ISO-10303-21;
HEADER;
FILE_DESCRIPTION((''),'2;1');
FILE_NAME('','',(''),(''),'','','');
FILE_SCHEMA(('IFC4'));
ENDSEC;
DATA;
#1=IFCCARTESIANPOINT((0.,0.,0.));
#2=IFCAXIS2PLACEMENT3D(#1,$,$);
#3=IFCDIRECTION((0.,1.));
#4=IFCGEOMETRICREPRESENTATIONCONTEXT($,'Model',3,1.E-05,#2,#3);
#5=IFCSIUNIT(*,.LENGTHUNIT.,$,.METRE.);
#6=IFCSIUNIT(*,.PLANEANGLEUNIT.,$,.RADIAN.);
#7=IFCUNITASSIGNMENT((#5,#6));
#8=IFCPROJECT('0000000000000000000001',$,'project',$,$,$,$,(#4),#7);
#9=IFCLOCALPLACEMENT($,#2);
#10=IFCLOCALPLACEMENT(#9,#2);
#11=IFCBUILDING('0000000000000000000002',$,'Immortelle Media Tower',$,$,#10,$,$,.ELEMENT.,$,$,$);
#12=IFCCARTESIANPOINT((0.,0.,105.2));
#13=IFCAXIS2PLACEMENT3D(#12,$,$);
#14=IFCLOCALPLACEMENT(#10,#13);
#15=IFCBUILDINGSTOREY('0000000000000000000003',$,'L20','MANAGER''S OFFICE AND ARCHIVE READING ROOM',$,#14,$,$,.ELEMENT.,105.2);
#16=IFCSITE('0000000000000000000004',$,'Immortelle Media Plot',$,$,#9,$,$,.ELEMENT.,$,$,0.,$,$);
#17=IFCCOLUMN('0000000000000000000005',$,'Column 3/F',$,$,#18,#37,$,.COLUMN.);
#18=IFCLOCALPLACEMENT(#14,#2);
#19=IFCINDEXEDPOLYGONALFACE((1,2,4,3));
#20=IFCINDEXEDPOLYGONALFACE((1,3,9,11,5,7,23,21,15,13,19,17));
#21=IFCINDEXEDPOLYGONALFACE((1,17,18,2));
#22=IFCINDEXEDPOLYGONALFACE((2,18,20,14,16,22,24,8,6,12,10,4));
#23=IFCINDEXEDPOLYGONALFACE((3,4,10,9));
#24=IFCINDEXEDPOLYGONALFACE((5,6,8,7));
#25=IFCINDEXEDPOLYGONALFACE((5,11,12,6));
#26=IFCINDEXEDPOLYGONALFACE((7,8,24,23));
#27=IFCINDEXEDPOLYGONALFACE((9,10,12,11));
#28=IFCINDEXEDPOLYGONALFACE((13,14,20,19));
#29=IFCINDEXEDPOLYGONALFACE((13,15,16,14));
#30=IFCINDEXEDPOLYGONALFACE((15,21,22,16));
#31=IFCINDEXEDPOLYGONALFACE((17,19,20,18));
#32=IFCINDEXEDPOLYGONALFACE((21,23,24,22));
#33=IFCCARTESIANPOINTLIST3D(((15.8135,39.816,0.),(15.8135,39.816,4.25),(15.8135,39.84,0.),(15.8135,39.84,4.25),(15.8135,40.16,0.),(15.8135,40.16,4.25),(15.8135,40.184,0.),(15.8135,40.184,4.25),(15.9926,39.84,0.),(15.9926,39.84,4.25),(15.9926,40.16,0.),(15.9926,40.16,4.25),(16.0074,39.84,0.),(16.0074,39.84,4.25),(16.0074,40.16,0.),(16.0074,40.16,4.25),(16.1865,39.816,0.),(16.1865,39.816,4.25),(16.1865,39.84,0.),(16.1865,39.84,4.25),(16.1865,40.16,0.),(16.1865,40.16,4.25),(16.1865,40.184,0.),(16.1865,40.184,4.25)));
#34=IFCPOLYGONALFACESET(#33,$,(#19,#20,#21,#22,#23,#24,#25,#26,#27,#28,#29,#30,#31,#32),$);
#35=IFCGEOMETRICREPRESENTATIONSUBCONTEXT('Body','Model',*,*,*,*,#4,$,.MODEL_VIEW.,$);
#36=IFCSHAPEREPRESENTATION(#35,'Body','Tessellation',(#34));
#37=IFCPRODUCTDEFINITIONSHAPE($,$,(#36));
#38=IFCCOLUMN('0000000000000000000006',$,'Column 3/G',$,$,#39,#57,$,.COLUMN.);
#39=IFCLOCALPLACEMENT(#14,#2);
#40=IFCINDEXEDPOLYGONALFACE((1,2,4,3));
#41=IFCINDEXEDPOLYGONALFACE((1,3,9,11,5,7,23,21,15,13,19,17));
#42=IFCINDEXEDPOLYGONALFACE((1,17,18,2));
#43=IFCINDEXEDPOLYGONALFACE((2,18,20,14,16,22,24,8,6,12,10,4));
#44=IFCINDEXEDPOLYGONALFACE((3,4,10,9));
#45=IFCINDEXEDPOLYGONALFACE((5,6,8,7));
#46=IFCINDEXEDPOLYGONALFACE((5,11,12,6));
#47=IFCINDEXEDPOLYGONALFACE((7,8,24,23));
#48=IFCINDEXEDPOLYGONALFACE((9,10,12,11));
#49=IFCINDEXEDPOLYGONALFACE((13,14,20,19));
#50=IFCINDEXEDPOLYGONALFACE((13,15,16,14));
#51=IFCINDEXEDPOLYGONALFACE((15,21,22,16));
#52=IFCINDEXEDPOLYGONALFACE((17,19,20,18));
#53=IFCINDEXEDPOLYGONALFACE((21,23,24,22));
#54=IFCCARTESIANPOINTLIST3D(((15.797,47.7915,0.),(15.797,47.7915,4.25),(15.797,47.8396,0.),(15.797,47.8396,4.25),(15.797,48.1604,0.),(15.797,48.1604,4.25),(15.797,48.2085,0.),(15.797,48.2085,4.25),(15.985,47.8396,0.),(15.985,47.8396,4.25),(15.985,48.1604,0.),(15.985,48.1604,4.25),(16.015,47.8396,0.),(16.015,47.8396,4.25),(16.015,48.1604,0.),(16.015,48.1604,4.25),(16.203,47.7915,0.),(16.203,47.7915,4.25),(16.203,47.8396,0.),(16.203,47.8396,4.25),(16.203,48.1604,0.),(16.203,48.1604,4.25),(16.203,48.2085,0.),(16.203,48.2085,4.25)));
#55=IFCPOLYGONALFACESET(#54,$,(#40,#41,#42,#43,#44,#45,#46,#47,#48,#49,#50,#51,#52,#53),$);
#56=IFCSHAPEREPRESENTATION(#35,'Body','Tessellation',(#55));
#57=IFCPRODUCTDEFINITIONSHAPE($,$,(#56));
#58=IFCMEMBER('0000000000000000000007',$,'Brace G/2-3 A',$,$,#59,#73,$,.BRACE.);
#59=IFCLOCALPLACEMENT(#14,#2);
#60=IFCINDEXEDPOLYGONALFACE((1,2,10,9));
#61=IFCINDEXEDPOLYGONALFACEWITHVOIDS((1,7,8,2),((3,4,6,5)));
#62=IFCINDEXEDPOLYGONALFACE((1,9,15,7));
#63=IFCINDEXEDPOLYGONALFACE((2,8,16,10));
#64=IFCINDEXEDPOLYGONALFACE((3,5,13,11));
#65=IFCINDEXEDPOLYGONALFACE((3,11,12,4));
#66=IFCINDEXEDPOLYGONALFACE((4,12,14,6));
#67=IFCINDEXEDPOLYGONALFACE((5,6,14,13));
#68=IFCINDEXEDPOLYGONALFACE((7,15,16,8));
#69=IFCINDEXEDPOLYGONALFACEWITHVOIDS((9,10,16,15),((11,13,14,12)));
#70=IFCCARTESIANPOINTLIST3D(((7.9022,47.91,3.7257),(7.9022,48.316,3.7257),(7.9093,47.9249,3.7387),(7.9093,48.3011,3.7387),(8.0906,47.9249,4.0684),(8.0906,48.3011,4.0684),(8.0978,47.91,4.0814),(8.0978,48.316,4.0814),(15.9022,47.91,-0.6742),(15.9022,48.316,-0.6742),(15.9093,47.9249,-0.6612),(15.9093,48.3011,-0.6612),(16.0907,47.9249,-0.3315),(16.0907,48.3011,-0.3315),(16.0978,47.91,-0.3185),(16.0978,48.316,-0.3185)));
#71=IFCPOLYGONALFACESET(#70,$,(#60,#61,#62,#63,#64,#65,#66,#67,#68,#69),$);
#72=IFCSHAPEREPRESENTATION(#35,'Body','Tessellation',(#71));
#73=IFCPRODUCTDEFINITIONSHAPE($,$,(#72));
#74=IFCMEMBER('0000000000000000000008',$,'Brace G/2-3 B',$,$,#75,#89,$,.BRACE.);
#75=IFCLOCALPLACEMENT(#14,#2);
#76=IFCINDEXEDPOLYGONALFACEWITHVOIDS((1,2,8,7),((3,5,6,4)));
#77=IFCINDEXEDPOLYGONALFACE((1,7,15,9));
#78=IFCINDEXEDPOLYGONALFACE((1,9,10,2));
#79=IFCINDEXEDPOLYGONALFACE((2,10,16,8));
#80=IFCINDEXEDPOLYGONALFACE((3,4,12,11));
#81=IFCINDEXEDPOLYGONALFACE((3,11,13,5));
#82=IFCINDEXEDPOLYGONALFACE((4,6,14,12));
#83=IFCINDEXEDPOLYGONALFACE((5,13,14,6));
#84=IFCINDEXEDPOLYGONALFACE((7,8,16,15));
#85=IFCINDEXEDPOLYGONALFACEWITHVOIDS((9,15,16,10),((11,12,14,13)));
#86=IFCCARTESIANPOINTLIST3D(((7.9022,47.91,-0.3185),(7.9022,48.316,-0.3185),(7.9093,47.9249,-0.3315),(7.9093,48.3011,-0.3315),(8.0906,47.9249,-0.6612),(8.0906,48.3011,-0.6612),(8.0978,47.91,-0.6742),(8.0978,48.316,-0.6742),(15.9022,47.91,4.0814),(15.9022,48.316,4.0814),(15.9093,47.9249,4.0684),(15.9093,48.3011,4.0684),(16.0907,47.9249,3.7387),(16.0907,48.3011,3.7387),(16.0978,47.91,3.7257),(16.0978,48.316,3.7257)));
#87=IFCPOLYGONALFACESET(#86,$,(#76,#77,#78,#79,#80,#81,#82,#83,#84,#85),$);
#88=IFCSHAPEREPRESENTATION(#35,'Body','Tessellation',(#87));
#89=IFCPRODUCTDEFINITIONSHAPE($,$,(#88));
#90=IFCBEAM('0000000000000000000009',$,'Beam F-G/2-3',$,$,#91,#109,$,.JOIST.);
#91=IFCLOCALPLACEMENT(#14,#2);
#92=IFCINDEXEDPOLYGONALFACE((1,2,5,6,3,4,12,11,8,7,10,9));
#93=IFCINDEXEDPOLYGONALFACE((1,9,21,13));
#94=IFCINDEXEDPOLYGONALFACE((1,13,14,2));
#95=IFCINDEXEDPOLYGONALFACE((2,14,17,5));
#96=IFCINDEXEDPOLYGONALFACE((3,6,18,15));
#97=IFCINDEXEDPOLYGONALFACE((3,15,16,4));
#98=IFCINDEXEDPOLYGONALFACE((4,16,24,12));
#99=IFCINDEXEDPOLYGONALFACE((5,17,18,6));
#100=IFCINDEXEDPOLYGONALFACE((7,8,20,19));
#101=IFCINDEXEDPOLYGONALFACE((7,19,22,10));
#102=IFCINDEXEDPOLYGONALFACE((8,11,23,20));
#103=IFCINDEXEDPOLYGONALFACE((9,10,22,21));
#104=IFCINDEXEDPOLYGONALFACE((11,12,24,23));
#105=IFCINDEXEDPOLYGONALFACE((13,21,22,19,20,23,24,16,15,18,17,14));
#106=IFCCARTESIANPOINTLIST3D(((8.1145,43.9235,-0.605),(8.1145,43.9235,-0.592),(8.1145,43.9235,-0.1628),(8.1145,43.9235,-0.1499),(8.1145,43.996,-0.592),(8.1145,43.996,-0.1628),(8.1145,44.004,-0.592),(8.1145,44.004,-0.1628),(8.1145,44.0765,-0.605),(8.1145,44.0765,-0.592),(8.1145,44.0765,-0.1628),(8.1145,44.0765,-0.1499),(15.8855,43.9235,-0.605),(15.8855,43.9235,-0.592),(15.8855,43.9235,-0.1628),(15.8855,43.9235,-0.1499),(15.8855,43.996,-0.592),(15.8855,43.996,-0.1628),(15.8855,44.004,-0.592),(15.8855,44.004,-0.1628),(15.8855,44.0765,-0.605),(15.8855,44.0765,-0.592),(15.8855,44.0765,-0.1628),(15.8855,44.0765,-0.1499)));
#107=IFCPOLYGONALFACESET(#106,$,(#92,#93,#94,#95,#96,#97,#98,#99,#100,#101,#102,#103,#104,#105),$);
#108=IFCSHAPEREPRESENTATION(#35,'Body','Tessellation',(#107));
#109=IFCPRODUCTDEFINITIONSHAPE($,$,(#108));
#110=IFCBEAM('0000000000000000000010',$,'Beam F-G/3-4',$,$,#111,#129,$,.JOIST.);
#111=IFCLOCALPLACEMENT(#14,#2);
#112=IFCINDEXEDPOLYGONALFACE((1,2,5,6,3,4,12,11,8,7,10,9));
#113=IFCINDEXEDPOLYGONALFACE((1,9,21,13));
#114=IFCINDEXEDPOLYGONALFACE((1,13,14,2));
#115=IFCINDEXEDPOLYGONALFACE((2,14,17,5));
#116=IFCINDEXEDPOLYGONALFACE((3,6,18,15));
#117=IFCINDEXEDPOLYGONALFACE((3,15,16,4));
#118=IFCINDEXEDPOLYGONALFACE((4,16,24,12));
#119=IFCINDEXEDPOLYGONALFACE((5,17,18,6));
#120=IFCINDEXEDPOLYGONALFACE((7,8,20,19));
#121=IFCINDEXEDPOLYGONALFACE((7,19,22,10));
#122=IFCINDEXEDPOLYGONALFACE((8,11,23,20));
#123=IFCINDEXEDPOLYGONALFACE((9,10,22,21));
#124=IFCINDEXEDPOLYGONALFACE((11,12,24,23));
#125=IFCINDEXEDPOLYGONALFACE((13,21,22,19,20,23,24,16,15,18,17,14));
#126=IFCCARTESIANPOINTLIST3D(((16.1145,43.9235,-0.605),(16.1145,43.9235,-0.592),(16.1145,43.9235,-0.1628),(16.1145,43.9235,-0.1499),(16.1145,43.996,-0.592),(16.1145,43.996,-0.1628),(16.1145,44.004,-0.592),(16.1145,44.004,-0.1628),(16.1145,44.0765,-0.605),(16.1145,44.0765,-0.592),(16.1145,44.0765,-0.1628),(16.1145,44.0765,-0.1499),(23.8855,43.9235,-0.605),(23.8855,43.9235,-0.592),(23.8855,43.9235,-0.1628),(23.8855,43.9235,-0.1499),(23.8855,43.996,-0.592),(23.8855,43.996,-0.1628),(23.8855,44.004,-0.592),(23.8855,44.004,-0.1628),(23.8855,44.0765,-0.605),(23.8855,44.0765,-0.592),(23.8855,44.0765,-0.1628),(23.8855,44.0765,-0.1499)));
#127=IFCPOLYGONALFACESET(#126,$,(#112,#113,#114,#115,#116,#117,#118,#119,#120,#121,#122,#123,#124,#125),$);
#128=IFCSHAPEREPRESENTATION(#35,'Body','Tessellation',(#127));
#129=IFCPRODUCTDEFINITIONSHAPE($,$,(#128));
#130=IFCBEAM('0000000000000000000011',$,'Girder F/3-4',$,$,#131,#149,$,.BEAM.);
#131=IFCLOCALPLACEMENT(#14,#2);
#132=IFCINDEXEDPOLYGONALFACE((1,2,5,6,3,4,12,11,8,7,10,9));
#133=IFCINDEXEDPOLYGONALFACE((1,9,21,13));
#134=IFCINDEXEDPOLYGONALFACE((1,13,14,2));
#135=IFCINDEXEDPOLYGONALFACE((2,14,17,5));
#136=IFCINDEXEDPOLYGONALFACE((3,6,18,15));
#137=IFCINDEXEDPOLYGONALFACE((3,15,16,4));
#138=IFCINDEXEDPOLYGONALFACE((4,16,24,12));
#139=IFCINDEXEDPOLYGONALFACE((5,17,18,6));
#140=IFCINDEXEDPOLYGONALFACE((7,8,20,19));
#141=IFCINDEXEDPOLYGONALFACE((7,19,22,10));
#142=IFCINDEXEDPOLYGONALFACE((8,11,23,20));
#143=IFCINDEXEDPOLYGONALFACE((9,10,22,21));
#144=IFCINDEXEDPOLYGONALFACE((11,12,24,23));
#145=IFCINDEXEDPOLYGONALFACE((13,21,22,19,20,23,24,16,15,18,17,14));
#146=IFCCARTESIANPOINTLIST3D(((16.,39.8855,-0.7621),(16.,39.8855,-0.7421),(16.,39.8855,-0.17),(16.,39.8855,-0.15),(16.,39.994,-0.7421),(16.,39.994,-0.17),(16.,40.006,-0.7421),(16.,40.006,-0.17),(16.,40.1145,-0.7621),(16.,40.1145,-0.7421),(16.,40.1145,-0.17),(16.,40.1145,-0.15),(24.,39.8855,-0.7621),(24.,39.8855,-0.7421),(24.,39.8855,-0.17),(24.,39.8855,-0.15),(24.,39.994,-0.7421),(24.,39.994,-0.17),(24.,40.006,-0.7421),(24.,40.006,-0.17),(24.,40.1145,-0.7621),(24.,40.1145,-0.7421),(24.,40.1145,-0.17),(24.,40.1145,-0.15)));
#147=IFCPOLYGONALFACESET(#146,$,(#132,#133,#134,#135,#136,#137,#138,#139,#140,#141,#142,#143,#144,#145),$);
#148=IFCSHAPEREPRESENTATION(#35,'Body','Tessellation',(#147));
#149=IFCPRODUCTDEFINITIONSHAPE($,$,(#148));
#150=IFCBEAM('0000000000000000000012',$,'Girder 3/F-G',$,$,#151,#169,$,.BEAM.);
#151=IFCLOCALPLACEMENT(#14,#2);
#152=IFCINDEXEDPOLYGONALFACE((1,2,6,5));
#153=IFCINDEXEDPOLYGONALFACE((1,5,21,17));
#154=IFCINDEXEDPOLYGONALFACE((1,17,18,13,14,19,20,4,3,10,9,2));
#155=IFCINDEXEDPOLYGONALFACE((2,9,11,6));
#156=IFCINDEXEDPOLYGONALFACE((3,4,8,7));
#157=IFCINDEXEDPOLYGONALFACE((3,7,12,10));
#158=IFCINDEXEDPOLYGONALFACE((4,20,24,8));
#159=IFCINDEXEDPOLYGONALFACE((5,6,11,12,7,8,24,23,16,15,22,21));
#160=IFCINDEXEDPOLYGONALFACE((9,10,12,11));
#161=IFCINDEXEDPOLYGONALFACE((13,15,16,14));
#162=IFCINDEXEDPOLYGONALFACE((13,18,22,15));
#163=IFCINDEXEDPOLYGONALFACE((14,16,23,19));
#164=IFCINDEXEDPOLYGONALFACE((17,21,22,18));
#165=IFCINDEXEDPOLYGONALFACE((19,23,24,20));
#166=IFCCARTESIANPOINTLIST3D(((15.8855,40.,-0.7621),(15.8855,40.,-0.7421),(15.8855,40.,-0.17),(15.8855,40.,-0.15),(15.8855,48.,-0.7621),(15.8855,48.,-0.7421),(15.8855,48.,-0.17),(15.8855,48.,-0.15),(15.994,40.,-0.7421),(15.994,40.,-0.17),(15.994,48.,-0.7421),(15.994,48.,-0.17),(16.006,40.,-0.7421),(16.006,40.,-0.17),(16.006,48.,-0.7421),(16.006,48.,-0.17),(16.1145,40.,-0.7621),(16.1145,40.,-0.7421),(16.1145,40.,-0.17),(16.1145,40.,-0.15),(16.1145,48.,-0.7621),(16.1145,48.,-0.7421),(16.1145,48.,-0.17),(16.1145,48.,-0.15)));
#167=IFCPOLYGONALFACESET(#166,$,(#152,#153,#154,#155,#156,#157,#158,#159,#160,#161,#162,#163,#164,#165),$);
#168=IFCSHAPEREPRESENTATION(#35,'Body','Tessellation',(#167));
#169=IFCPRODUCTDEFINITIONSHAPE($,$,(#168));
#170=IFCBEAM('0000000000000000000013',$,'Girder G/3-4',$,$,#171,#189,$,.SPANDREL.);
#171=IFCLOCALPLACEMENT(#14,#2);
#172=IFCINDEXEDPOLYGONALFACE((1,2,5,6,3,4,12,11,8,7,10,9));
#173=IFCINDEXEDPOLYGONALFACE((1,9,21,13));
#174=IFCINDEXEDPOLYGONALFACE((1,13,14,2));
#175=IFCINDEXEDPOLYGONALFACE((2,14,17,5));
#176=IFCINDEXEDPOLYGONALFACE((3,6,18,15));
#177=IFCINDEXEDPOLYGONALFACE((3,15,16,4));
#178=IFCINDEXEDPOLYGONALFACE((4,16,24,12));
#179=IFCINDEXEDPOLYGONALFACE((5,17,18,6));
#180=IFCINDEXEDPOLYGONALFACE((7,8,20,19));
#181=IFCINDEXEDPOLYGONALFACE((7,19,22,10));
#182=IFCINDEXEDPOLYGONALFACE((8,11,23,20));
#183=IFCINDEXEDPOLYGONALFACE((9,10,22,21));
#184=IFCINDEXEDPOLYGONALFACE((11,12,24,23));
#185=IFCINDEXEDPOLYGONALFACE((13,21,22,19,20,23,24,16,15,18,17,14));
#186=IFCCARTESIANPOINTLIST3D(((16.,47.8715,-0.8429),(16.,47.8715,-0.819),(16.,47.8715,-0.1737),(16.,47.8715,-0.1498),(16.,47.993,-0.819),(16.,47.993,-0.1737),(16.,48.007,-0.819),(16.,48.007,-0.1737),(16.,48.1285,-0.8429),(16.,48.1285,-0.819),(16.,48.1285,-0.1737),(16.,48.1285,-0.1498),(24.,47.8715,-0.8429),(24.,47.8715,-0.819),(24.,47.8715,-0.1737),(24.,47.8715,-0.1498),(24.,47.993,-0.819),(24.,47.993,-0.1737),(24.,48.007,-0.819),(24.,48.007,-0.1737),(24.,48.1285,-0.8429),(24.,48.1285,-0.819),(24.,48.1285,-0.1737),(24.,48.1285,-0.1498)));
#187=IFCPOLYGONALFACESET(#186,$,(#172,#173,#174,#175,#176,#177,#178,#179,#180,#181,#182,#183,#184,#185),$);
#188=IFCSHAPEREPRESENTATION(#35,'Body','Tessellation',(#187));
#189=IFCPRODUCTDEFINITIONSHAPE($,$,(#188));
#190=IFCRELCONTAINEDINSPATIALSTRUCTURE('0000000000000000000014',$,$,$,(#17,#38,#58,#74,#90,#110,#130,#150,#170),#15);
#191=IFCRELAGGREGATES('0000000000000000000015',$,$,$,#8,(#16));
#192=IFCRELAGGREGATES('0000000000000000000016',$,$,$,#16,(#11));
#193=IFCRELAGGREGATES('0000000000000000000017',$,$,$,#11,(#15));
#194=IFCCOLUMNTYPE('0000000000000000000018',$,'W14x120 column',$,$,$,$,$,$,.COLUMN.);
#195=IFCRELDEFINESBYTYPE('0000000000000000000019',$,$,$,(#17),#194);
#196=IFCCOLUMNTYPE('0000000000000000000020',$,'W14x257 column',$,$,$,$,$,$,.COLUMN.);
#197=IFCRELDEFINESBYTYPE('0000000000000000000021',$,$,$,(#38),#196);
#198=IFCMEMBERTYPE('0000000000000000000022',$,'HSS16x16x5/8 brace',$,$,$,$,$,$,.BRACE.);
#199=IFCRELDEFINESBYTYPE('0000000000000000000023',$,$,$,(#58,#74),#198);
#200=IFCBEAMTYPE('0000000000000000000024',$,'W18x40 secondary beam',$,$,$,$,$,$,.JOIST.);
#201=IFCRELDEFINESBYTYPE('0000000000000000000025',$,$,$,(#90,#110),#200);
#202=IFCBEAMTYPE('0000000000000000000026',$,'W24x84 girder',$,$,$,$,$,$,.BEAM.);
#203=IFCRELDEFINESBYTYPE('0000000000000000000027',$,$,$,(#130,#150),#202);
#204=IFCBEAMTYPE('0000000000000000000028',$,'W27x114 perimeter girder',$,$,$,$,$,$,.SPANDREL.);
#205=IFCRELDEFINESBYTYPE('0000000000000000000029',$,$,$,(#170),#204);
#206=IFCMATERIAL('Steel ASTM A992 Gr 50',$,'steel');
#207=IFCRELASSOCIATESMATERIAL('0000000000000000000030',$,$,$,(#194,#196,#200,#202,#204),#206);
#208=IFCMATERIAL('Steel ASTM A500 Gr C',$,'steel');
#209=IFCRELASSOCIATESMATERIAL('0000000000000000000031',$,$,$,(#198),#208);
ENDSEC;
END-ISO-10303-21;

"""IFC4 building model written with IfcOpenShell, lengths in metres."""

from ifc_helpers import new_model, si_unit, direction, frame, origin, origin_2d, place, context, subcontext, project, spatial, hollow_rectangle, i_section, extrude, material, material_profile, profile_set, type_object, element, save


model = new_model("IFC4")

# Units and contexts
model_context = context("Model", 3, precision=1e-05, world=origin(), true_north=direction((0.0, 1.0)))
body_context = subcontext(model_context, "Body", "Model", "MODEL_VIEW")
ifc_project = project(units=[si_unit("LENGTHUNIT", "METRE"), si_unit("PLANEANGLEUNIT", "RADIAN")], contexts=[model_context])

# Site, building, storey
site_placement = place(None, origin())
site = spatial("IfcSite", under=ifc_project, at=site_placement, Name="Immortelle Media Plot", CompositionType="ELEMENT", RefElevation=0.0)
building_placement = place(site_placement, origin())
building = spatial("IfcBuilding", under=site, at=building_placement, Name="Immortelle Media Tower", CompositionType="ELEMENT")
storey_placement = place(building_placement, frame((0.0, 0.0, 105.2)))
storey = spatial("IfcBuildingStorey", under=building, at=storey_placement, Name="L20", Description="MANAGER'S OFFICE AND ARCHIVE READING ROOM", CompositionType="ELEMENT", Elevation=105.2)

# Columns
ifc_material_1 = material(Name="Steel ASTM A992 Gr 50", Category="steel")
ifc_material_profile_1 = material_profile(ifc_material_1, i_section(OverallWidth=0.373, OverallDepth=0.3679, WebThickness=0.0149, FlangeThickness=0.0239, at=origin_2d()), Name="W14x120")
ifc_profile_set_1 = profile_set([ifc_material_profile_1], Name="Steel ASTM A992 Gr 50")
column_type_1 = type_object("IfcColumnType", Name="W14x120 column", PredefinedType="COLUMN", material=ifc_profile_set_1)
column_1_placement = place(storey_placement, frame((16.0, 40.0, 0.0), z_axis=(0.0, 0.0, 1.0), x_axis=(1.0, 0.0, 0.0)))
element("IfcColumn", 1, at=column_1_placement, inside=storey, type_object=column_type_1, Name="Column 3/F", PredefinedType="COLUMN", context=body_context, shape_type="SweptSolid", body=[
    extrude(i_section(OverallWidth=0.373, OverallDepth=0.3679, WebThickness=0.0149, FlangeThickness=0.0239, at=origin_2d()), origin(), (0.0, 0.0, 1.0), 4.25),
])
ifc_material_profile_2 = material_profile(ifc_material_1, i_section(OverallWidth=0.406, OverallDepth=0.417, WebThickness=0.03, FlangeThickness=0.0481, at=origin_2d()), Name="W14x257")
ifc_profile_set_2 = profile_set([ifc_material_profile_2], Name="Steel ASTM A992 Gr 50")
column_type_2 = type_object("IfcColumnType", Name="W14x257 column", PredefinedType="COLUMN", material=ifc_profile_set_2)
column_2_placement = place(storey_placement, frame((16.0, 48.0, 0.0), z_axis=(0.0, 0.0, 1.0), x_axis=(1.0, 0.0, 0.0)))
element("IfcColumn", 2, at=column_2_placement, inside=storey, type_object=column_type_2, Name="Column 3/G", PredefinedType="COLUMN", context=body_context, shape_type="SweptSolid", body=[
    extrude(i_section(OverallWidth=0.406, OverallDepth=0.417, WebThickness=0.03, FlangeThickness=0.0481, at=origin_2d()), origin(), (0.0, 0.0, 1.0), 4.25),
])

# Members
ifc_material_2 = material(Name="Steel ASTM A500 Gr C", Category="steel")
ifc_material_profile_3 = material_profile(ifc_material_2, hollow_rectangle(XDim=0.406, YDim=0.406, WallThickness=0.0149, at=origin_2d()), Name="HSS16x16x5/8 brace")
ifc_profile_set_3 = profile_set([ifc_material_profile_3], Name="Steel ASTM A500 Gr C")
member_type = type_object("IfcMemberType", Name="HSS16x16x5/8 brace", PredefinedType="BRACE", material=ifc_profile_set_3)
for number, where, z_axis, x_axis, name in (
    (3, (16.0, 48.113, -0.4963), (-0.87622, 0.0, 0.481911), (0.0, -1.0, 0.0), "Brace G/2-3 A"),
    (4, (16.0, 48.113, 3.9036), (-0.87622, 0.0, -0.481911), (0.0, -1.0, 0.0), "Brace G/2-3 B"),
):
    element("IfcMember", number, at=place(storey_placement, frame(where, z_axis=z_axis, x_axis=x_axis)), inside=storey, type_object=member_type, Name=name, PredefinedType="BRACE", context=body_context, shape_type="SweptSolid", body=[
        extrude(hollow_rectangle(XDim=0.406, YDim=0.406, WallThickness=0.0149, at=origin_2d()), origin(), (0.0, 0.0, 1.0), 9.1301),
    ])

# Beams
ifc_material_profile_4 = material_profile(ifc_material_1, i_section(OverallWidth=0.1531, OverallDepth=0.4551, WebThickness=0.0081, FlangeThickness=0.0129, at=origin_2d()), Name="W18x40")
ifc_profile_set_4 = profile_set([ifc_material_profile_4], Name="Steel ASTM A992 Gr 50")
beam_type_1 = type_object("IfcBeamType", Name="W18x40 secondary beam", PredefinedType="JOIST", material=ifc_profile_set_4)
for number, where, z_axis, x_axis, name in (
    (5, (8.1145, 44.0, -0.3774), (1.0, 0.0, 0.0), (0.0, 1.0, 0.0), "Beam F-G/2-3"),
    (6, (16.1145, 44.0, -0.3774), (1.0, 0.0, 0.0), (0.0, 1.0, 0.0), "Beam F-G/3-4"),
):
    element("IfcBeam", number, at=place(storey_placement, frame(where, z_axis=z_axis, x_axis=x_axis)), inside=storey, type_object=beam_type_1, Name=name, PredefinedType="JOIST", context=body_context, shape_type="SweptSolid", body=[
        extrude(i_section(OverallWidth=0.1531, OverallDepth=0.4551, WebThickness=0.0081, FlangeThickness=0.0129, at=origin_2d()), origin(), (0.0, 0.0, 1.0), 7.771),
    ])
ifc_material_profile_5 = material_profile(ifc_material_1, i_section(OverallWidth=0.229, OverallDepth=0.6121, WebThickness=0.012, FlangeThickness=0.02, at=origin_2d()), Name="W24x84")
ifc_profile_set_5 = profile_set([ifc_material_profile_5], Name="Steel ASTM A992 Gr 50")
beam_type_2 = type_object("IfcBeamType", Name="W24x84 girder", PredefinedType="BEAM", material=ifc_profile_set_5)
for number, where, z_axis, x_axis, name in (
    (7, (16.0, 40.0, -0.4561), (1.0, 0.0, 0.0), (0.0, 1.0, 0.0), "Girder F/3-4"),
    (8, (16.0, 40.0, -0.4561), (0.0, 1.0, 0.0), (-1.0, 0.0, 0.0), "Girder 3/F-G"),
):
    element("IfcBeam", number, at=place(storey_placement, frame(where, z_axis=z_axis, x_axis=x_axis)), inside=storey, type_object=beam_type_2, Name=name, PredefinedType="BEAM", context=body_context, shape_type="SweptSolid", body=[
        extrude(i_section(OverallWidth=0.229, OverallDepth=0.6121, WebThickness=0.012, FlangeThickness=0.02, at=origin_2d()), origin(), (0.0, 0.0, 1.0), 8.0),
    ])
ifc_material_profile_6 = material_profile(ifc_material_1, i_section(OverallWidth=0.2571, OverallDepth=0.6931, WebThickness=0.0139, FlangeThickness=0.0239, at=origin_2d()), Name="W27x114")
ifc_profile_set_6 = profile_set([ifc_material_profile_6], Name="Steel ASTM A992 Gr 50")
beam_type_3 = type_object("IfcBeamType", Name="W27x114 perimeter girder", PredefinedType="SPANDREL", material=ifc_profile_set_6)
beam_placement = place(storey_placement, frame((16.0, 48.0, -0.4963), z_axis=(1.0, 0.0, 0.0), x_axis=(0.0, 1.0, 0.0)))
element("IfcBeam", 9, at=beam_placement, inside=storey, type_object=beam_type_3, Name="Girder G/3-4", PredefinedType="SPANDREL", context=body_context, shape_type="SweptSolid", body=[
    extrude(i_section(OverallWidth=0.2571, OverallDepth=0.6931, WebThickness=0.0139, FlangeThickness=0.0239, at=origin_2d()), origin(), (0.0, 0.0, 1.0), 8.0),
])

save(model, "model.ifc")
